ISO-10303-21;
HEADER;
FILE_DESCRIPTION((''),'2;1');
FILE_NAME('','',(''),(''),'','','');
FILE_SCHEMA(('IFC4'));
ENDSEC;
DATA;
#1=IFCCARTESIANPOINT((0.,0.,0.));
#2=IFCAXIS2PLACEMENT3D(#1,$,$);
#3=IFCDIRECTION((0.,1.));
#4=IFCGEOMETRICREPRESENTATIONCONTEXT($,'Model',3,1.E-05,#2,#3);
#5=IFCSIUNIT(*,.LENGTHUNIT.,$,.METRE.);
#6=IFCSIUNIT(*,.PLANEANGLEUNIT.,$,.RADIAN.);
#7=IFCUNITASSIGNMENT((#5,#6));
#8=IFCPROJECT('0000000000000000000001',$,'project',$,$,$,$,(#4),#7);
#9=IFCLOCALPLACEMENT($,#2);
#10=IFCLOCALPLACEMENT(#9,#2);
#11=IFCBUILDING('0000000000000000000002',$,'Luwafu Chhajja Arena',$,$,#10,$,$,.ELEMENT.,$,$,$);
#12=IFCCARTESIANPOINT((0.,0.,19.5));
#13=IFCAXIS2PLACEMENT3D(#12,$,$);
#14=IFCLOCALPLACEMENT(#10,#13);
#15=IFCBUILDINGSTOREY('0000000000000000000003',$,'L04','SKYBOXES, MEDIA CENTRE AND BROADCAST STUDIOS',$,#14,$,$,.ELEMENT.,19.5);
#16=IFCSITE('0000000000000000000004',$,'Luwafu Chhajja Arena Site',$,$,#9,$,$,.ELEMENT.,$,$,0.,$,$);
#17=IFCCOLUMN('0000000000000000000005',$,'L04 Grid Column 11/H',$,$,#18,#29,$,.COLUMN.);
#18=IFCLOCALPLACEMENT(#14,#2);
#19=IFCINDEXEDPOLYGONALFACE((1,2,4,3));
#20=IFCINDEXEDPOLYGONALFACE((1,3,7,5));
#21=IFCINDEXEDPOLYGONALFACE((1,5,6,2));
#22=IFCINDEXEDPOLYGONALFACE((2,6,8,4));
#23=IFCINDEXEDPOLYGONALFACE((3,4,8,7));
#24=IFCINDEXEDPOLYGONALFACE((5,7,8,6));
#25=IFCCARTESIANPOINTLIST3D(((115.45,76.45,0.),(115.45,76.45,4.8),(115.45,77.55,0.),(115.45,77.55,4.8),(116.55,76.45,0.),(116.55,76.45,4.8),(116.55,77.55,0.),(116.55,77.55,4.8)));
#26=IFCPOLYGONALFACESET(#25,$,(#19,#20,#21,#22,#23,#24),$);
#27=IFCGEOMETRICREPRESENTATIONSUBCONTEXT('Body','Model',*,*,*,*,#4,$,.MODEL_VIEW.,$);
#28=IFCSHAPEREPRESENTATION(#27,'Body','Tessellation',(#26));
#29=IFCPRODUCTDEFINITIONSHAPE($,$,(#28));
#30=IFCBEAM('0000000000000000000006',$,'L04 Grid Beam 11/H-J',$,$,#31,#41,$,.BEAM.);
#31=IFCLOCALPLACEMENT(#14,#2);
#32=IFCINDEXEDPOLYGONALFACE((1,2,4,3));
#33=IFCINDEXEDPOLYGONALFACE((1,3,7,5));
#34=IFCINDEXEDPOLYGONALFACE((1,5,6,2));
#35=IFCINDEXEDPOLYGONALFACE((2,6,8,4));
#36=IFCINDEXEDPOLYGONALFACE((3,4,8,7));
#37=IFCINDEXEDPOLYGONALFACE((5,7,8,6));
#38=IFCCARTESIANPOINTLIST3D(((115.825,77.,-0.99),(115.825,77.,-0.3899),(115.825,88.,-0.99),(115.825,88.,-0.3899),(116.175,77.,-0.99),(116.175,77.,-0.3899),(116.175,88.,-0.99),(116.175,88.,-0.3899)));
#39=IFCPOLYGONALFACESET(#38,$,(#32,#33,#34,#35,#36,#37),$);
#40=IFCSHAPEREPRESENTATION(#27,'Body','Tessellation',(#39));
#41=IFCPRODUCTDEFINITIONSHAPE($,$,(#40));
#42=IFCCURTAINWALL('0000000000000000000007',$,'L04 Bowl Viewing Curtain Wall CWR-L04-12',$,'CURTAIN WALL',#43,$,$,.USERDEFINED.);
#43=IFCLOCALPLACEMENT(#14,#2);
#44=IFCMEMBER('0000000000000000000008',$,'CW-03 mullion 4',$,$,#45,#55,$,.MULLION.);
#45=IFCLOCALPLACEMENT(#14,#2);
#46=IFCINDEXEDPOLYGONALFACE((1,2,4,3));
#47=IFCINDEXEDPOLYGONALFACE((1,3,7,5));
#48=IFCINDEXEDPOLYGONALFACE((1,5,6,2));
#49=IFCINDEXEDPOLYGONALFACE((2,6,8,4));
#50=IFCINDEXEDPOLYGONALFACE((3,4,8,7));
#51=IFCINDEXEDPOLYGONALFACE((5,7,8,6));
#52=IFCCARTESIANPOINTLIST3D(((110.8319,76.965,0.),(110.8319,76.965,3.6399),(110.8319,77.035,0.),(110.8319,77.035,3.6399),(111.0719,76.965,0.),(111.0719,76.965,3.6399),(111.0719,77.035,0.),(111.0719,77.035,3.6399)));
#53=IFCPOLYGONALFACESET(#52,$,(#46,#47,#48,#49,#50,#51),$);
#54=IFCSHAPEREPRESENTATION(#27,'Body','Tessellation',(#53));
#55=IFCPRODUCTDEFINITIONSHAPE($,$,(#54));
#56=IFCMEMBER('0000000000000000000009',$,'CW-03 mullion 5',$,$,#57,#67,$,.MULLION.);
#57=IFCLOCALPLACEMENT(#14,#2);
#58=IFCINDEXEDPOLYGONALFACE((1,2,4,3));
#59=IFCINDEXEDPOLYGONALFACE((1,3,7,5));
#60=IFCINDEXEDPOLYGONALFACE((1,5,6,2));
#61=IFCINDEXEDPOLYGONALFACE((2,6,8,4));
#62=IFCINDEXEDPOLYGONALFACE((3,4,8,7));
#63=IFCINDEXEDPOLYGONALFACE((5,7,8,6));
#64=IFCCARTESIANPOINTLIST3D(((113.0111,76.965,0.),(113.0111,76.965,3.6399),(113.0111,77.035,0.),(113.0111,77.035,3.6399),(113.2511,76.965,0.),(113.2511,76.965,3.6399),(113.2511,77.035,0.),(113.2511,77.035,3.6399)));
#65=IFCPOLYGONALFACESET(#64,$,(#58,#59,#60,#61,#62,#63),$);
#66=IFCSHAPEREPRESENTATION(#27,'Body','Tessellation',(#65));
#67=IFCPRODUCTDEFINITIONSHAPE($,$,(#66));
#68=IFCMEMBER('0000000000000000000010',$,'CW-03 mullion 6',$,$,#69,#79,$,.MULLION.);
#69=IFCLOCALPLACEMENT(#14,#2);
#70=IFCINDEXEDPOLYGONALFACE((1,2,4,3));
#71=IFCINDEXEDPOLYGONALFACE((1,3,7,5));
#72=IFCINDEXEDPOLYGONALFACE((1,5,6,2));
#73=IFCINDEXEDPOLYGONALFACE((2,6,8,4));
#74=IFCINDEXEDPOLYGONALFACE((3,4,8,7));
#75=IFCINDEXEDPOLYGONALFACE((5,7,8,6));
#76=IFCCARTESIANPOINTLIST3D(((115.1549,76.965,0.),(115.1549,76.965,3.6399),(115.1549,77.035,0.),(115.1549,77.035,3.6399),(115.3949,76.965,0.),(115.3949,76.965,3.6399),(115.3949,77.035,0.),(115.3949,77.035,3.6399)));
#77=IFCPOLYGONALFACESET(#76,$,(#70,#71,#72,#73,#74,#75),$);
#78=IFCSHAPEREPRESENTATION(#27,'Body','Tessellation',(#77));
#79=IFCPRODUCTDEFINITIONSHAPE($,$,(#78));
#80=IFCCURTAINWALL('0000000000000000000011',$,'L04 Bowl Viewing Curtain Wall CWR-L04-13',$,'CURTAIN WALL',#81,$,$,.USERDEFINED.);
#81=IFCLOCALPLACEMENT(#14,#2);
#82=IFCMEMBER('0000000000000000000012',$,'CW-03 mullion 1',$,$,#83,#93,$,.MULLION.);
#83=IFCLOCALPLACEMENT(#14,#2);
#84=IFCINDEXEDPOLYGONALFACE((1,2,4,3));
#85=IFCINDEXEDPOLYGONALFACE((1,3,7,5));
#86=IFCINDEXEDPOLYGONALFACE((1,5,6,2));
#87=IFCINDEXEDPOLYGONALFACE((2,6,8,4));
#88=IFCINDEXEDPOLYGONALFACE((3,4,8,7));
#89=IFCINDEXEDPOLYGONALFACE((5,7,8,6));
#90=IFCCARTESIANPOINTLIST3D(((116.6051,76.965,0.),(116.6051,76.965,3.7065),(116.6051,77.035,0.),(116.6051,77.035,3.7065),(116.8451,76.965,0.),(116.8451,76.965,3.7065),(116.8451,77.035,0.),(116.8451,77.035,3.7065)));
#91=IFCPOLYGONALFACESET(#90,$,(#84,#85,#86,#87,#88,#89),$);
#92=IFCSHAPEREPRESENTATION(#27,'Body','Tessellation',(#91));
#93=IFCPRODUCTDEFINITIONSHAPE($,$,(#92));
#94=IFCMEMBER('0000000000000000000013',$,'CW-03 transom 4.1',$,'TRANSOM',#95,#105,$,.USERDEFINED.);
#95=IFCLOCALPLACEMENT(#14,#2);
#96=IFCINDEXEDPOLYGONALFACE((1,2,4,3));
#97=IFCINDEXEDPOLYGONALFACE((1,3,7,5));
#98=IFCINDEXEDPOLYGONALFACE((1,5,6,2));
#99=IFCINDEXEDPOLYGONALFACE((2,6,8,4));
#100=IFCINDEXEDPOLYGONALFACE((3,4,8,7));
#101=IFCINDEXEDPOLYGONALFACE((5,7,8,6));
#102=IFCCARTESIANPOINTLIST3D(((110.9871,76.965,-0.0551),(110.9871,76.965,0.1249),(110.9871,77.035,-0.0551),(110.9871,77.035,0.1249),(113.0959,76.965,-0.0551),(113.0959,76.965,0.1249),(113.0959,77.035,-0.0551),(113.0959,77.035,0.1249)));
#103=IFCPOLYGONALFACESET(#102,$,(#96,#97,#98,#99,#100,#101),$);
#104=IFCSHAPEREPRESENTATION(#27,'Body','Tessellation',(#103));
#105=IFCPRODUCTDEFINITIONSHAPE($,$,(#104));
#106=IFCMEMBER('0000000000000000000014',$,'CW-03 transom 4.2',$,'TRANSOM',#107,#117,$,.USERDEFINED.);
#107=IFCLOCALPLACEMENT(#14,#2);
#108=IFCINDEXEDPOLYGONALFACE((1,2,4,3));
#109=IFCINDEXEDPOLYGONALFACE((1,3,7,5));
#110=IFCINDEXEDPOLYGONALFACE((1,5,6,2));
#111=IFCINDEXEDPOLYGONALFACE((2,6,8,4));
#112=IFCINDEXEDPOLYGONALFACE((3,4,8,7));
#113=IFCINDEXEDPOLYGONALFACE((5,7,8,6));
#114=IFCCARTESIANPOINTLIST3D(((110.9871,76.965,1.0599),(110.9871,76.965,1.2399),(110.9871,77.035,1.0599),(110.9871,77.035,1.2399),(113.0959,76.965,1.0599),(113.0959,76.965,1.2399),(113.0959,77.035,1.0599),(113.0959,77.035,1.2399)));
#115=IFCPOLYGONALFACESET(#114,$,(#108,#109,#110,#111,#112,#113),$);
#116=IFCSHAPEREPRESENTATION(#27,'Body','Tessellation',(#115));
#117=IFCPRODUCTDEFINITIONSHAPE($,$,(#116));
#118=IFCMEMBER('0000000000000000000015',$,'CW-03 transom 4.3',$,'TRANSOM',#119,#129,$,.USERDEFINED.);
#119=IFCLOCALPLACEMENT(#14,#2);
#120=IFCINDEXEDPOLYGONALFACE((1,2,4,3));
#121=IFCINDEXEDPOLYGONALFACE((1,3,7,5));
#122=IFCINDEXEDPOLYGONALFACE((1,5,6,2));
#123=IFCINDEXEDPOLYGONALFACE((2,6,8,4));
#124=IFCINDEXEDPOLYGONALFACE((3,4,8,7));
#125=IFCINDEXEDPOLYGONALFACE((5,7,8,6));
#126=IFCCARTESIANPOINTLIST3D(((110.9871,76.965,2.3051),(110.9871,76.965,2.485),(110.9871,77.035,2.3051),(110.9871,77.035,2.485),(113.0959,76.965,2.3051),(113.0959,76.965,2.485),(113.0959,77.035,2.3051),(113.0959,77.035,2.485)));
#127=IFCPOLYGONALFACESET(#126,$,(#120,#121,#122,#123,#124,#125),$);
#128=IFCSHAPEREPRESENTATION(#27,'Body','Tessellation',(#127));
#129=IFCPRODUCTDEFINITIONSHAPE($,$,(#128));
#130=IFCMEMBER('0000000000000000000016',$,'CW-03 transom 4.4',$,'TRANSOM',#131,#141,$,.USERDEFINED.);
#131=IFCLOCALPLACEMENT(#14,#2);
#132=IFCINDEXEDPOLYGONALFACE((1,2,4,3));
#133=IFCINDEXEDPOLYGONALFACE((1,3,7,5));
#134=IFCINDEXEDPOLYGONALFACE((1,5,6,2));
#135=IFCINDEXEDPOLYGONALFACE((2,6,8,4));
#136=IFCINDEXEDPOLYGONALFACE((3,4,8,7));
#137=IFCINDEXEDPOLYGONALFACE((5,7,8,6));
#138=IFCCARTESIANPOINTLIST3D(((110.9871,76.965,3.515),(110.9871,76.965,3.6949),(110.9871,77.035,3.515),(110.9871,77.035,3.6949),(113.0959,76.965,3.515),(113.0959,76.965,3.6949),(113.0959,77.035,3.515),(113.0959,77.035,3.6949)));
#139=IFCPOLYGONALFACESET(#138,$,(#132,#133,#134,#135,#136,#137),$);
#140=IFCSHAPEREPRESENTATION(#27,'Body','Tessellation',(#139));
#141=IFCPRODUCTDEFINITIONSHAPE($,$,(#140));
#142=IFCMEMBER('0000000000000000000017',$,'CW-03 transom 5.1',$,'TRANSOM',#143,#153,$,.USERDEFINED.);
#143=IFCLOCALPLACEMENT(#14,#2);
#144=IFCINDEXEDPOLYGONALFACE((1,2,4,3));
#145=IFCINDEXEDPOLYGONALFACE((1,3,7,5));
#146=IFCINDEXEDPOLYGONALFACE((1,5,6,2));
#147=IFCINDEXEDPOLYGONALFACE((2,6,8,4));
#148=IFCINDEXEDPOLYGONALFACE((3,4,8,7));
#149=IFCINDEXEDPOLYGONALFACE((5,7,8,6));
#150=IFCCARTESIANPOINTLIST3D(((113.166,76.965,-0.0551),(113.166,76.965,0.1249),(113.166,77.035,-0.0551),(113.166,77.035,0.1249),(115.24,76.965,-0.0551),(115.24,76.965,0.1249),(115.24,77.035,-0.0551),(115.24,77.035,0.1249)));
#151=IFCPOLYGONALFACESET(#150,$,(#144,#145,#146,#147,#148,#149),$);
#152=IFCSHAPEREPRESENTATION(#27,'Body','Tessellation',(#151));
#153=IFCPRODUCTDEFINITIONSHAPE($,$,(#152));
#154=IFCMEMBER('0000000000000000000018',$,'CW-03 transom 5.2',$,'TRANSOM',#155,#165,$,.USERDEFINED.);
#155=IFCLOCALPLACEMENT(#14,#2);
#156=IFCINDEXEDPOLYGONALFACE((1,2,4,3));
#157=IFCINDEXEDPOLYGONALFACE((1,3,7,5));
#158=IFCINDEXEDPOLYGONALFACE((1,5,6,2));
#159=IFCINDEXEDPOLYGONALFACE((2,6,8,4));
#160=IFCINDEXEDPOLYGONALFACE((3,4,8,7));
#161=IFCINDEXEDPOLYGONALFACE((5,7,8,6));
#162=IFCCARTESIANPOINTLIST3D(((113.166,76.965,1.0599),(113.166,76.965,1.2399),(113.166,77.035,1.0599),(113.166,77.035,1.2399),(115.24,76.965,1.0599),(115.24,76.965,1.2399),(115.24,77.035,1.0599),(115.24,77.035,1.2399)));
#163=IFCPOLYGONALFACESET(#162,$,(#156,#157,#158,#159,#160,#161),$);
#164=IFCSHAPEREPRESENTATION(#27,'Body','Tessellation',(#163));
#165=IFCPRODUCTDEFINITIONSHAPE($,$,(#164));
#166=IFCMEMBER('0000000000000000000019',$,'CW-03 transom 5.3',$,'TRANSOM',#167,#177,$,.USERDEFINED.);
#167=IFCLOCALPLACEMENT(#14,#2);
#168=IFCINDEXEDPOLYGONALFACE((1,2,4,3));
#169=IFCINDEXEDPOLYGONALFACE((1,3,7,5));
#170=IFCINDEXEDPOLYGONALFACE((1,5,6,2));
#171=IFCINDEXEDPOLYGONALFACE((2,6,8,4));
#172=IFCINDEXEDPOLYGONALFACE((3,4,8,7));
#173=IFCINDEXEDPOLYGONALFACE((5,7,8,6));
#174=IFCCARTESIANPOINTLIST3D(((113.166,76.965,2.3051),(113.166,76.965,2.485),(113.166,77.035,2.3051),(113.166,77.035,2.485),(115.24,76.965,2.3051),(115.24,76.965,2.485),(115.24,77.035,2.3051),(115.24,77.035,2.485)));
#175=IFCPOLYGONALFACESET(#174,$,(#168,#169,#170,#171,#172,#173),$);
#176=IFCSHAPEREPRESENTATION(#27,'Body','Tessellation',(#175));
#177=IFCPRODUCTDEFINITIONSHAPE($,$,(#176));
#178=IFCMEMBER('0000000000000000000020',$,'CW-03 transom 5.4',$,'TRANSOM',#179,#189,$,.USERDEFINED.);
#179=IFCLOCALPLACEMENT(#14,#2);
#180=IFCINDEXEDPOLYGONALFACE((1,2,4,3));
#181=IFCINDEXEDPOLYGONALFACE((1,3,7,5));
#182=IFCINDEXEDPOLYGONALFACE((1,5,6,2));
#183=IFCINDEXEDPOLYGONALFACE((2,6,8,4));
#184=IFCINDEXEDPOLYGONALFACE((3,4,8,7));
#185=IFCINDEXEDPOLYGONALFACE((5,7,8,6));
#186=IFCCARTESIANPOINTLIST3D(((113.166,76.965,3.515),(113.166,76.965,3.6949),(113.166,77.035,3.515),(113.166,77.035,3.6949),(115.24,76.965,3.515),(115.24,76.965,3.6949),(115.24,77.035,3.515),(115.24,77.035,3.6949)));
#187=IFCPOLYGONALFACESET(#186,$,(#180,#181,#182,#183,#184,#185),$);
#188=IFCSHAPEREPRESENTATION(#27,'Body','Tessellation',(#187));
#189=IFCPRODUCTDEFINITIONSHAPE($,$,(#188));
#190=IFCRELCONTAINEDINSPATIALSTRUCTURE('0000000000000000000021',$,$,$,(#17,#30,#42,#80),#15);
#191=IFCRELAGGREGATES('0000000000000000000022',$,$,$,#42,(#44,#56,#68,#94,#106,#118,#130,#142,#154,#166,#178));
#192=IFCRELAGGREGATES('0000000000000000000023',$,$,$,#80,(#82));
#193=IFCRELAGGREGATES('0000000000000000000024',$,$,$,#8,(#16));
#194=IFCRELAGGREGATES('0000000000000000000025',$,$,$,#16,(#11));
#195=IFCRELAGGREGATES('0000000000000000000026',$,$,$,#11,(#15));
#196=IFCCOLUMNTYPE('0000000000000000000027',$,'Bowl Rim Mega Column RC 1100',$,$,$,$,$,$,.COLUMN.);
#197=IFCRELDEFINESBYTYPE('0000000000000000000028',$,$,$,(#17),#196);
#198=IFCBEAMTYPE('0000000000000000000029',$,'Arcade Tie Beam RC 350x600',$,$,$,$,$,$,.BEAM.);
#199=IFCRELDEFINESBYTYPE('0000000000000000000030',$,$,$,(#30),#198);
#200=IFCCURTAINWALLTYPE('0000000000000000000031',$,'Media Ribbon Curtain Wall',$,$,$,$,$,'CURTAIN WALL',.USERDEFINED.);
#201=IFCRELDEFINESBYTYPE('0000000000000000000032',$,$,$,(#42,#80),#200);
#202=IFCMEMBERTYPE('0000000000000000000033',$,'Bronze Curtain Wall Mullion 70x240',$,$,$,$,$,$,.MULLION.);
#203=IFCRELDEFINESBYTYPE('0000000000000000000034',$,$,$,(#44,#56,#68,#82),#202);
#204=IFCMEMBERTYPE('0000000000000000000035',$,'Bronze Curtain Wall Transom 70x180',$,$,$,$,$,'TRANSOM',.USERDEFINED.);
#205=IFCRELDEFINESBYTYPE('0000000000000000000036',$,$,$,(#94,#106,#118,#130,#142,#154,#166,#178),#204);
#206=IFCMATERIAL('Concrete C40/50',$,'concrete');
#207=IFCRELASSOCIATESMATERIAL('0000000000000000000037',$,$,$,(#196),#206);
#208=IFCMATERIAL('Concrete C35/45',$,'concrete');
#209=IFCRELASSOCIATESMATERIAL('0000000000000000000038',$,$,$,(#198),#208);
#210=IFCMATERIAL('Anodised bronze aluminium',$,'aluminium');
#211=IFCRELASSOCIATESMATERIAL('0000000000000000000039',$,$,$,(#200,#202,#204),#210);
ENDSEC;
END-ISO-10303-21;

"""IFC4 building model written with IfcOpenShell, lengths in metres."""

from ifc_helpers import new_model, si_unit, direction, frame, origin, origin_2d, place, context, subcontext, project, spatial, rectangle, extrude, material, material_profile, profile_set, type_object, element, aggregate, save


model = new_model("IFC4")

# Units and contexts
model_context = context("Model", 3, precision=1e-05, world=origin(), true_north=direction((0.0, 1.0)))
body_context = subcontext(model_context, "Body", "Model", "MODEL_VIEW")
ifc_project = project(units=[si_unit("LENGTHUNIT", "METRE"), si_unit("PLANEANGLEUNIT", "RADIAN")], contexts=[model_context])

# Site, building, storey
site_placement = place(None, origin())
site = spatial("IfcSite", under=ifc_project, at=site_placement, Name="Luwafu Chhajja Arena Site", CompositionType="ELEMENT", RefElevation=0.0)
building_placement = place(site_placement, origin())
building = spatial("IfcBuilding", under=site, at=building_placement, Name="Luwafu Chhajja Arena", CompositionType="ELEMENT")
storey_placement = place(building_placement, frame((0.0, 0.0, 19.5)))
storey = spatial("IfcBuildingStorey", under=building, at=storey_placement, Name="L04", Description="SKYBOXES, MEDIA CENTRE AND BROADCAST STUDIOS", CompositionType="ELEMENT", Elevation=19.5)

# Column
ifc_material_1 = material(Name="Concrete C40/50", Category="concrete")
ifc_material_profile_1 = material_profile(ifc_material_1, rectangle(XDim=1.1001, YDim=1.1001, at=origin_2d()), Name="RC 1100x1100")
ifc_profile_set_1 = profile_set([ifc_material_profile_1], Name="Concrete C40/50")
column_type = type_object("IfcColumnType", Name="Bowl Rim Mega Column RC 1100", PredefinedType="COLUMN", material=ifc_profile_set_1)
column_placement = place(storey_placement, frame((116.0, 77.0, 0.0), z_axis=(0.0, 0.0, 1.0), x_axis=(1.0, 0.0, 0.0)))
element("IfcColumn", 1, at=column_placement, inside=storey, type_object=column_type, Name="L04 Grid Column 11/H", PredefinedType="COLUMN", context=body_context, shape_type="SweptSolid", body=[
    extrude(rectangle(XDim=1.1001, YDim=1.1001, at=origin_2d()), origin(), (0.0, 0.0, 1.0), 4.8),
])

# Beam
ifc_material_2 = material(Name="Concrete C35/45", Category="concrete")
ifc_material_profile_2 = material_profile(ifc_material_2, rectangle(XDim=0.3501, YDim=0.6001, at=origin_2d()), Name="RC 350x600")
ifc_profile_set_2 = profile_set([ifc_material_profile_2], Name="Concrete C35/45")
beam_type_1 = type_object("IfcBeamType", Name="Arcade Tie Beam RC 350x600", PredefinedType="BEAM", material=ifc_profile_set_2)
beam_1_placement = place(storey_placement, frame((116.0, 77.0, -0.6899), z_axis=(0.0, 1.0, 0.0), x_axis=(-1.0, 0.0, 0.0)))
element("IfcBeam", 2, at=beam_1_placement, inside=storey, type_object=beam_type_1, Name="L04 Grid Beam 11/H-J", PredefinedType="BEAM", context=body_context, shape_type="SweptSolid", body=[
    extrude(rectangle(XDim=0.3501, YDim=0.6001, at=origin_2d()), origin(), (0.0, 0.0, 1.0), 11.0),
])

# Curtain wall, members
ifc_material_3 = material(Name="Anodised bronze aluminium", Category="aluminium")
curtain_wall_type = type_object("IfcCurtainWallType", Name="Media Ribbon Curtain Wall", ElementType="CURTAIN WALL", PredefinedType="USERDEFINED", material=ifc_material_3)
curtain_wall_1_placement = place(storey_placement, origin())
curtain_wall_1 = element("IfcCurtainWall", 3, at=curtain_wall_1_placement, inside=storey, type_object=curtain_wall_type, Name="L04 Bowl Viewing Curtain Wall CWR-L04-12", ObjectType="CURTAIN WALL", PredefinedType="USERDEFINED")
ifc_material_profile_3 = material_profile(ifc_material_3, rectangle(XDim=0.0701, YDim=0.24, at=origin_2d()), Name="CWM 70x240")
ifc_profile_set_3 = profile_set([ifc_material_profile_3], Name="Anodised bronze aluminium")
member_type_1 = type_object("IfcMemberType", Name="Bronze Curtain Wall Mullion 70x240", PredefinedType="MULLION", material=ifc_profile_set_3)
member_1_placement = place(storey_placement, frame((110.9519, 77.0, 0.0), z_axis=(0.0, 0.0, 1.0), x_axis=(0.0, 1.0, 0.0)))
member_1 = element("IfcMember", 4, at=member_1_placement, type_object=member_type_1, Name="CW-03 mullion 4", PredefinedType="MULLION", context=body_context, shape_type="SweptSolid", body=[
    extrude(rectangle(XDim=0.0701, YDim=0.24, at=origin_2d()), origin(), (0.0, 0.0, 1.0), 3.6399),
])
member_2_placement = place(storey_placement, frame((113.1311, 77.0, 0.0), z_axis=(0.0, 0.0, 1.0), x_axis=(0.0, 1.0, 0.0)))
member_2 = element("IfcMember", 5, at=member_2_placement, type_object=member_type_1, Name="CW-03 mullion 5", PredefinedType="MULLION", context=body_context, shape_type="SweptSolid", body=[
    extrude(rectangle(XDim=0.0701, YDim=0.24, at=origin_2d()), origin(), (0.0, 0.0, 1.0), 3.6399),
])
member_3_placement = place(storey_placement, frame((115.2749, 77.0, 0.0), z_axis=(0.0, 0.0, 1.0), x_axis=(0.0, 1.0, 0.0)))
member_3 = element("IfcMember", 6, at=member_3_placement, type_object=member_type_1, Name="CW-03 mullion 6", PredefinedType="MULLION", context=body_context, shape_type="SweptSolid", body=[
    extrude(rectangle(XDim=0.0701, YDim=0.24, at=origin_2d()), origin(), (0.0, 0.0, 1.0), 3.6399),
])

# Curtain wall, member
curtain_wall_2_placement = place(storey_placement, origin())
curtain_wall_2 = element("IfcCurtainWall", 7, at=curtain_wall_2_placement, inside=storey, type_object=curtain_wall_type, Name="L04 Bowl Viewing Curtain Wall CWR-L04-13", ObjectType="CURTAIN WALL", PredefinedType="USERDEFINED")
member_4_placement = place(storey_placement, frame((116.7251, 77.0, 0.0), z_axis=(0.0, 0.0, 1.0), x_axis=(0.0, 1.0, 0.0)))
member_4 = element("IfcMember", 8, at=member_4_placement, type_object=member_type_1, Name="CW-03 mullion 1", PredefinedType="MULLION", context=body_context, shape_type="SweptSolid", body=[
    extrude(rectangle(XDim=0.0701, YDim=0.24, at=origin_2d()), origin(), (0.0, 0.0, 1.0), 3.7065),
])

# Members
ifc_material_profile_4 = material_profile(ifc_material_3, rectangle(XDim=0.0701, YDim=0.1799, at=origin_2d()), Name="CWT 70x180")
ifc_profile_set_4 = profile_set([ifc_material_profile_4], Name="Anodised bronze aluminium")
member_type_2 = type_object("IfcMemberType", Name="Bronze Curtain Wall Transom 70x180", ElementType="TRANSOM", PredefinedType="USERDEFINED", material=ifc_profile_set_4)
member_5_placement = place(storey_placement, frame((110.9871, 77.0, 0.0349), z_axis=(1.0, 0.0, 0.0), x_axis=(0.0, 1.0, 0.0)))
member_5 = element("IfcMember", 9, at=member_5_placement, type_object=member_type_2, Name="CW-03 transom 4.1", ObjectType="TRANSOM", PredefinedType="USERDEFINED", context=body_context, shape_type="SweptSolid", body=[
    extrude(rectangle(XDim=0.0701, YDim=0.1799, at=origin_2d()), origin(), (0.0, 0.0, 1.0), 2.1089),
])
member_6_placement = place(storey_placement, frame((110.9871, 77.0, 1.1499), z_axis=(1.0, 0.0, 0.0), x_axis=(0.0, 1.0, 0.0)))
member_6 = element("IfcMember", 10, at=member_6_placement, type_object=member_type_2, Name="CW-03 transom 4.2", ObjectType="TRANSOM", PredefinedType="USERDEFINED", context=body_context, shape_type="SweptSolid", body=[
    extrude(rectangle(XDim=0.0701, YDim=0.1799, at=origin_2d()), origin(), (0.0, 0.0, 1.0), 2.1089),
])
member_7_placement = place(storey_placement, frame((110.9871, 77.0, 2.395), z_axis=(1.0, 0.0, 0.0), x_axis=(0.0, 1.0, 0.0)))
member_7 = element("IfcMember", 11, at=member_7_placement, type_object=member_type_2, Name="CW-03 transom 4.3", ObjectType="TRANSOM", PredefinedType="USERDEFINED", context=body_context, shape_type="SweptSolid", body=[
    extrude(rectangle(XDim=0.0701, YDim=0.1799, at=origin_2d()), origin(), (0.0, 0.0, 1.0), 2.1089),
])
member_8_placement = place(storey_placement, frame((110.9871, 77.0, 3.605), z_axis=(1.0, 0.0, 0.0), x_axis=(0.0, 1.0, 0.0)))
member_8 = element("IfcMember", 12, at=member_8_placement, type_object=member_type_2, Name="CW-03 transom 4.4", ObjectType="TRANSOM", PredefinedType="USERDEFINED", context=body_context, shape_type="SweptSolid", body=[
    extrude(rectangle(XDim=0.0701, YDim=0.1799, at=origin_2d()), origin(), (0.0, 0.0, 1.0), 2.1089),
])
member_9_placement = place(storey_placement, frame((113.166, 77.0, 0.0349), z_axis=(1.0, 0.0, 0.0), x_axis=(0.0, 1.0, 0.0)))
member_9 = element("IfcMember", 13, at=member_9_placement, type_object=member_type_2, Name="CW-03 transom 5.1", ObjectType="TRANSOM", PredefinedType="USERDEFINED", context=body_context, shape_type="SweptSolid", body=[
    extrude(rectangle(XDim=0.0701, YDim=0.1799, at=origin_2d()), origin(), (0.0, 0.0, 1.0), 2.074),
])
member_10_placement = place(storey_placement, frame((113.166, 77.0, 1.1499), z_axis=(1.0, 0.0, 0.0), x_axis=(0.0, 1.0, 0.0)))
member_10 = element("IfcMember", 14, at=member_10_placement, type_object=member_type_2, Name="CW-03 transom 5.2", ObjectType="TRANSOM", PredefinedType="USERDEFINED", context=body_context, shape_type="SweptSolid", body=[
    extrude(rectangle(XDim=0.0701, YDim=0.1799, at=origin_2d()), origin(), (0.0, 0.0, 1.0), 2.074),
])
member_11_placement = place(storey_placement, frame((113.166, 77.0, 2.395), z_axis=(1.0, 0.0, 0.0), x_axis=(0.0, 1.0, 0.0)))
member_11 = element("IfcMember", 15, at=member_11_placement, type_object=member_type_2, Name="CW-03 transom 5.3", ObjectType="TRANSOM", PredefinedType="USERDEFINED", context=body_context, shape_type="SweptSolid", body=[
    extrude(rectangle(XDim=0.0701, YDim=0.1799, at=origin_2d()), origin(), (0.0, 0.0, 1.0), 2.074),
])
member_12_placement = place(storey_placement, frame((113.166, 77.0, 3.605), z_axis=(1.0, 0.0, 0.0), x_axis=(0.0, 1.0, 0.0)))
member_12 = element("IfcMember", 16, at=member_12_placement, type_object=member_type_2, Name="CW-03 transom 5.4", ObjectType="TRANSOM", PredefinedType="USERDEFINED", context=body_context, shape_type="SweptSolid", body=[
    extrude(rectangle(XDim=0.0701, YDim=0.1799, at=origin_2d()), origin(), (0.0, 0.0, 1.0), 2.074),
])

aggregate(curtain_wall_1, [member_1, member_2, member_3, member_5, member_6, member_7, member_8, member_9, member_10, member_11, member_12])
aggregate(curtain_wall_2, [member_4])

save(model, "model.ifc")
